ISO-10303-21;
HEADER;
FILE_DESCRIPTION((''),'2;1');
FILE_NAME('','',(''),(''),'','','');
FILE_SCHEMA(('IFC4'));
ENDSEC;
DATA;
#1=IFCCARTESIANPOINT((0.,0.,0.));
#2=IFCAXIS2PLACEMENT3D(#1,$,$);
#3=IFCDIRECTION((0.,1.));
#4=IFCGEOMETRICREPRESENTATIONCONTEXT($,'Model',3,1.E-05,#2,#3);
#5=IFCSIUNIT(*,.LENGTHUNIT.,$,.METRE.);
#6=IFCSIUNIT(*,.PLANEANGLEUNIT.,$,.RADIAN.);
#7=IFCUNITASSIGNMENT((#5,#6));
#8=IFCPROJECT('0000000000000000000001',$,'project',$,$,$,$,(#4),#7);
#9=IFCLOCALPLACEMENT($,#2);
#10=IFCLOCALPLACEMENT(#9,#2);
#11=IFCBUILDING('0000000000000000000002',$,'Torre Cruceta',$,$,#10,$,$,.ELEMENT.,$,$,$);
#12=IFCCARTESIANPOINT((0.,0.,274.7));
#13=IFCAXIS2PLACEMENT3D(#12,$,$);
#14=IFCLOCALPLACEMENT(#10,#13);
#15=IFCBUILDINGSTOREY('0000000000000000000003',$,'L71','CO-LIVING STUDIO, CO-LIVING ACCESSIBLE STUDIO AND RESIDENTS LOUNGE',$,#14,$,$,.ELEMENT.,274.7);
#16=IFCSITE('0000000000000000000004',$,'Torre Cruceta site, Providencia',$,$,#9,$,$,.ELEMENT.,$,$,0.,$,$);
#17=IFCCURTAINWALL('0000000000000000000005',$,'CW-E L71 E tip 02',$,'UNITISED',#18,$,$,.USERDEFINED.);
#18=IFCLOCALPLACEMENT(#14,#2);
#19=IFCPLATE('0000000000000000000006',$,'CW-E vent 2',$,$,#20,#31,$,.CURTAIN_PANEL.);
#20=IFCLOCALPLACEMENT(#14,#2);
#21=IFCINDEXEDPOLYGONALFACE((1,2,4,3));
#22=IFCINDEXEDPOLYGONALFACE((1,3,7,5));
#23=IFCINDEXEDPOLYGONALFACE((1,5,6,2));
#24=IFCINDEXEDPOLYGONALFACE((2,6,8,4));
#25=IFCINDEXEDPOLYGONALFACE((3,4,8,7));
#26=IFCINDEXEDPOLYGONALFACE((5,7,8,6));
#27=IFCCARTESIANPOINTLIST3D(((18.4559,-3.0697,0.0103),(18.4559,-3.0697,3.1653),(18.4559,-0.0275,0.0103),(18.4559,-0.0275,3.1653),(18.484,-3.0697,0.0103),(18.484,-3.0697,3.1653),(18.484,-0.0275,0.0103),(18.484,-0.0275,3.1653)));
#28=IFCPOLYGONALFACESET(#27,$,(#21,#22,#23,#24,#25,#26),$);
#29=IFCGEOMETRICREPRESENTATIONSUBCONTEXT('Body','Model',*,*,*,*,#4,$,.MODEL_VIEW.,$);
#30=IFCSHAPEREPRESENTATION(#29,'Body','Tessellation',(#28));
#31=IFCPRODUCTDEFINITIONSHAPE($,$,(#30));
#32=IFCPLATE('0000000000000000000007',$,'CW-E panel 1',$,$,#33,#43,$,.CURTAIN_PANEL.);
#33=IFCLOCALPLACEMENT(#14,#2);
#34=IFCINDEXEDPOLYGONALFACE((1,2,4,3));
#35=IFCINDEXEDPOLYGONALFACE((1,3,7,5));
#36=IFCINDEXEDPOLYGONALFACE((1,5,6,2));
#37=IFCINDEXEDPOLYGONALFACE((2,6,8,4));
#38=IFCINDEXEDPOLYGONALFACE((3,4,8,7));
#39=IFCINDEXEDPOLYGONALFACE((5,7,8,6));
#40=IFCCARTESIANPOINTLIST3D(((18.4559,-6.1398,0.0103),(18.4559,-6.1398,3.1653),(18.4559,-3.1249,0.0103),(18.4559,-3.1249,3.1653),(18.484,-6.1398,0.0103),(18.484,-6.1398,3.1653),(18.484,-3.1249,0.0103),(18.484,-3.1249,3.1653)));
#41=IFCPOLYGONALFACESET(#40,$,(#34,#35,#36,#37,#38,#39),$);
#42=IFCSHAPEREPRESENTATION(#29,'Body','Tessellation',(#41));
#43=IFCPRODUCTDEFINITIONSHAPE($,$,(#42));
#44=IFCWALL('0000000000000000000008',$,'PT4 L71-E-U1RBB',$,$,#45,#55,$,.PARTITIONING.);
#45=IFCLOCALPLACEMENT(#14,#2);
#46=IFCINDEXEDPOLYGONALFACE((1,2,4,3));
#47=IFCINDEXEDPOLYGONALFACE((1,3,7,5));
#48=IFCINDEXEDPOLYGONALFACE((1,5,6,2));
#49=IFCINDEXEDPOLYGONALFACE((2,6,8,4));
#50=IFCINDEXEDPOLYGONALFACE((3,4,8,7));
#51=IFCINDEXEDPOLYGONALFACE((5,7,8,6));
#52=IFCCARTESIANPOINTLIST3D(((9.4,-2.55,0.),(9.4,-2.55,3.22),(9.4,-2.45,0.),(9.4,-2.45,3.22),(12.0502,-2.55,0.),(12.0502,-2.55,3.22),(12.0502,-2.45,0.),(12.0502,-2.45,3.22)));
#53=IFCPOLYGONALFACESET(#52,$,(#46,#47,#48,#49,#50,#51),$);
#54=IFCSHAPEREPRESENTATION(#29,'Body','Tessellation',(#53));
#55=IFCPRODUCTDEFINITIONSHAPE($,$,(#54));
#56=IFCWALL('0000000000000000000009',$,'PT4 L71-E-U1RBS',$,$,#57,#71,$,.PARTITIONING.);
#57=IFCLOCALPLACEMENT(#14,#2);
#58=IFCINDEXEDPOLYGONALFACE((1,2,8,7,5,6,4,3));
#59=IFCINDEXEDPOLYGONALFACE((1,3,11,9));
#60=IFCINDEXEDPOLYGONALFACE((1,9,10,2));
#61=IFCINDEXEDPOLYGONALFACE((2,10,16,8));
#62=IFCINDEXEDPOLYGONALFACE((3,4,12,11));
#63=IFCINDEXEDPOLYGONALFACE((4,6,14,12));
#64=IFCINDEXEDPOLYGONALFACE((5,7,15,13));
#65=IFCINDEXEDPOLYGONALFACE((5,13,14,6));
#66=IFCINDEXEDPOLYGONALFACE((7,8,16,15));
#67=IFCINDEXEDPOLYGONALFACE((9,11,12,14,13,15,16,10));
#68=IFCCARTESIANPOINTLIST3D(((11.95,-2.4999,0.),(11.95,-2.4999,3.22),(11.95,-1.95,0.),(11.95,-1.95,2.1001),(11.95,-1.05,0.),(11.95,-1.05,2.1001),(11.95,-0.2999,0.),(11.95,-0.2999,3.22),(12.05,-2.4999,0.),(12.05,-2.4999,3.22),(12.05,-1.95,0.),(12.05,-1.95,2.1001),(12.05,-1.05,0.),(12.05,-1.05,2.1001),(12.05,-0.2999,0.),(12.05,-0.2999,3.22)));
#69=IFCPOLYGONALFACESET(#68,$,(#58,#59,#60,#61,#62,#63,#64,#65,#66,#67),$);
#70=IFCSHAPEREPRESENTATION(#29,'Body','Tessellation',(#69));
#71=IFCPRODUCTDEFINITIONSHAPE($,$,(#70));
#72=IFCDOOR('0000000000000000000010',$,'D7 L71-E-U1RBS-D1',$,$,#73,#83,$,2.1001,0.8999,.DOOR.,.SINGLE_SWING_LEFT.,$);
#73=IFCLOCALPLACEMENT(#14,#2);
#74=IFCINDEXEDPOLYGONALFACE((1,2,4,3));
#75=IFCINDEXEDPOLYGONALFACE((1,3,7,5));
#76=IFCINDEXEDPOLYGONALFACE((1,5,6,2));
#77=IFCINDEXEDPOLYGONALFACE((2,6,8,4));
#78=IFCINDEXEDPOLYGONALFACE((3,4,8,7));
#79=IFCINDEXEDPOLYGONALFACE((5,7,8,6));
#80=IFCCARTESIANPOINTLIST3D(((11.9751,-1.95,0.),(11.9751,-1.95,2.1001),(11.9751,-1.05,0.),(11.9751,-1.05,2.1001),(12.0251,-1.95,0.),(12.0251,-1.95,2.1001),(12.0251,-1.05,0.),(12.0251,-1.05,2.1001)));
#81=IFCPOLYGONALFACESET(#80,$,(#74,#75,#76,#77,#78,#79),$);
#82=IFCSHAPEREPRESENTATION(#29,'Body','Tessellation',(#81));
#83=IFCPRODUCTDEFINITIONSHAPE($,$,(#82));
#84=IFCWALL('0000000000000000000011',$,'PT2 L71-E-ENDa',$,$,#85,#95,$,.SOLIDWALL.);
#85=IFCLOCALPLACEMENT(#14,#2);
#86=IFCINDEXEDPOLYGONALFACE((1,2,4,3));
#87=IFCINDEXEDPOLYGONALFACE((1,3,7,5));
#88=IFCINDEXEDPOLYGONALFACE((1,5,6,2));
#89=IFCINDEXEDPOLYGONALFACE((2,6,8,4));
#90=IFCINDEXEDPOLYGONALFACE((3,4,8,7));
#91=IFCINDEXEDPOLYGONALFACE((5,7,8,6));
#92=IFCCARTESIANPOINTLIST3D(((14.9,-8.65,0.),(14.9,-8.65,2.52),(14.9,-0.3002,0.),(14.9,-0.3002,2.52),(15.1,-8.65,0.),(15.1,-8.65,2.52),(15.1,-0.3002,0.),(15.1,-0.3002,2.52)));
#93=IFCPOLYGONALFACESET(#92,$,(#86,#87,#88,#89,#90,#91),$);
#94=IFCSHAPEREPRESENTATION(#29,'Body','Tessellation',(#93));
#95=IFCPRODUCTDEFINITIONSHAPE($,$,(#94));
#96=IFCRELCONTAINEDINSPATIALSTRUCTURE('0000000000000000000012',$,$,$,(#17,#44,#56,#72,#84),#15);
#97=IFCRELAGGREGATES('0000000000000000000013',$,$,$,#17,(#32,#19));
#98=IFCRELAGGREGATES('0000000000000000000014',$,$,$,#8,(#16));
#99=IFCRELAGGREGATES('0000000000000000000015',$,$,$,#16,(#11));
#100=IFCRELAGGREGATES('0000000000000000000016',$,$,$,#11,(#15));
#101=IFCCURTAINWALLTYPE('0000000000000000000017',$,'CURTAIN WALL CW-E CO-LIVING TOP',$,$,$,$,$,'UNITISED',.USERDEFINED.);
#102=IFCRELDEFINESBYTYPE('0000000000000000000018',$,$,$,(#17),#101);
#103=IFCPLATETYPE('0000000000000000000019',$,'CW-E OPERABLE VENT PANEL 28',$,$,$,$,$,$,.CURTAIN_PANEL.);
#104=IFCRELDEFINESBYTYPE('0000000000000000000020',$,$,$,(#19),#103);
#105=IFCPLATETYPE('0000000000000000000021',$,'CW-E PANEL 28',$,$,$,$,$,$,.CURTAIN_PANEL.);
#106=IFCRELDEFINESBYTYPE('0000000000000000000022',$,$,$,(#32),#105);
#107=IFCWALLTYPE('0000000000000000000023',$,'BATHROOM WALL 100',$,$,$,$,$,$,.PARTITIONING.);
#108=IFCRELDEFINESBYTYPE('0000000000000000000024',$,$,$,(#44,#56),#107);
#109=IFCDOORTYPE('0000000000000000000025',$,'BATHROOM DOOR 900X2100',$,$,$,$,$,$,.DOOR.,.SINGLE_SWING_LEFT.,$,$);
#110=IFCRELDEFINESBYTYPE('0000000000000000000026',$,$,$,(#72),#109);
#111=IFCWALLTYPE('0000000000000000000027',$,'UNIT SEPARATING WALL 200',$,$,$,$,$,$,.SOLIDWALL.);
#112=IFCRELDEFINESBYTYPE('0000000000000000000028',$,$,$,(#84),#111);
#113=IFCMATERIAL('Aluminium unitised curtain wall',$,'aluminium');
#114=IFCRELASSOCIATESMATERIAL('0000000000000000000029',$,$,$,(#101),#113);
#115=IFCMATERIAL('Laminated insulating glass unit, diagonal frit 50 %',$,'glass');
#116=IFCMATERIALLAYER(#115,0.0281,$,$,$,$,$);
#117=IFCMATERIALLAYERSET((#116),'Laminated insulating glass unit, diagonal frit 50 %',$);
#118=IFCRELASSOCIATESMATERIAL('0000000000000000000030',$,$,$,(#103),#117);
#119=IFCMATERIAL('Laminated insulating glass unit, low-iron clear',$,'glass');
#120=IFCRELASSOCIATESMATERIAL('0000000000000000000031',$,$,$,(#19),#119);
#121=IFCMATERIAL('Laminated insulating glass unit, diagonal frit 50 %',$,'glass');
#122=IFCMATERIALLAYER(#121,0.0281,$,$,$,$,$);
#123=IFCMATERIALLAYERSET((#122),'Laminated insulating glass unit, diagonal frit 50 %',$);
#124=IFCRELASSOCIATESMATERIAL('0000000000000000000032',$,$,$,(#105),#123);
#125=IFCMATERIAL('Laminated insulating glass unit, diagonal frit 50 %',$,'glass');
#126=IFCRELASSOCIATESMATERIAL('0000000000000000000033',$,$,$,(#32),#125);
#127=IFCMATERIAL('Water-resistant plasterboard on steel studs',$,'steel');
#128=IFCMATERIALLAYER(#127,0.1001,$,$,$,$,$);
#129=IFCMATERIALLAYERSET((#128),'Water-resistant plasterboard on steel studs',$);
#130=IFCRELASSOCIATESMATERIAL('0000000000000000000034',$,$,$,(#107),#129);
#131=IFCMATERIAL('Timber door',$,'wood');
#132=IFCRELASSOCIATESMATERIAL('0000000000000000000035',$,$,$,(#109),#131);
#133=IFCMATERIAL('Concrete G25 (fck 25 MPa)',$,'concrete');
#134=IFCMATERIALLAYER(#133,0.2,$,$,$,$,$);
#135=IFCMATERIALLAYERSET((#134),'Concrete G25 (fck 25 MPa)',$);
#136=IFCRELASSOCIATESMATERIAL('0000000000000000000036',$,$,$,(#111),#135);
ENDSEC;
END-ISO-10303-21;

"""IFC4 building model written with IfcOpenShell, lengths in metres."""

from ifc_helpers import new_model, si_unit, direction, frame, frame_2d, origin, origin_2d, place, context, subcontext, project, spatial, rectangle, extrude, material, layer, layer_set, type_object, element, fill, aggregate, save


model = new_model("IFC4")

# Units and contexts
model_context = context("Model", 3, precision=1e-05, world=origin(), true_north=direction((0.0, 1.0)))
body_context = subcontext(model_context, "Body", "Model", "MODEL_VIEW")
ifc_project = project(units=[si_unit("LENGTHUNIT", "METRE"), si_unit("PLANEANGLEUNIT", "RADIAN")], contexts=[model_context])

# Site, building, storey
site_placement = place(None, origin())
site = spatial("IfcSite", under=ifc_project, at=site_placement, Name="Torre Cruceta site, Providencia", CompositionType="ELEMENT", RefElevation=0.0)
building_placement = place(site_placement, origin())
building = spatial("IfcBuilding", under=site, at=building_placement, Name="Torre Cruceta", CompositionType="ELEMENT")
storey_placement = place(building_placement, frame((0.0, 0.0, 274.7)))
storey = spatial("IfcBuildingStorey", under=building, at=storey_placement, Name="L71", Description="CO-LIVING STUDIO, CO-LIVING ACCESSIBLE STUDIO AND RESIDENTS LOUNGE", CompositionType="ELEMENT", Elevation=274.7)

# Curtain wall
ifc_material_1 = material(Name="Aluminium unitised curtain wall", Category="aluminium")
curtain_wall_type = type_object("IfcCurtainWallType", Name="CURTAIN WALL CW-E CO-LIVING TOP", ElementType="UNITISED", PredefinedType="USERDEFINED", material=ifc_material_1)
curtain_wall_placement = place(storey_placement, origin())
curtain_wall = element("IfcCurtainWall", 1, at=curtain_wall_placement, inside=storey, type_object=curtain_wall_type, Name="CW-E L71 E tip 02", ObjectType="UNITISED", PredefinedType="USERDEFINED")

# Plates
ifc_material_2 = material(Name="Laminated insulating glass unit, low-iron clear", Category="glass")
ifc_material_3 = material(Name="Laminated insulating glass unit, diagonal frit 50 %", Category="glass")
ifc_layer_1 = layer(ifc_material_3, 0.0281)
ifc_layer_set_1 = layer_set([ifc_layer_1], Name="Laminated insulating glass unit, diagonal frit 50 %")
plate_type_1 = type_object("IfcPlateType", Name="CW-E OPERABLE VENT PANEL 28", PredefinedType="CURTAIN_PANEL", material=ifc_layer_set_1)
plate_1_placement = place(storey_placement, frame((18.47, -1.5486, 0.0103), z_axis=(0.0, 0.0, 1.0), x_axis=(0.0, 1.0, 0.0)))
plate_1 = element("IfcPlate", 2, at=plate_1_placement, type_object=plate_type_1, material=ifc_material_2, Name="CW-E vent 2", PredefinedType="CURTAIN_PANEL", context=body_context, shape_type="SweptSolid", body=[
    extrude(rectangle(XDim=3.0422, YDim=0.0281, at=origin_2d()), origin(), (0.0, 0.0, 1.0), 3.155),
])
ifc_material_4 = material(Name="Laminated insulating glass unit, diagonal frit 50 %", Category="glass")
ifc_material_5 = material(Name="Laminated insulating glass unit, diagonal frit 50 %", Category="glass")
ifc_layer_2 = layer(ifc_material_5, 0.0281)
ifc_layer_set_2 = layer_set([ifc_layer_2], Name="Laminated insulating glass unit, diagonal frit 50 %")
plate_type_2 = type_object("IfcPlateType", Name="CW-E PANEL 28", PredefinedType="CURTAIN_PANEL", material=ifc_layer_set_2)
plate_2_placement = place(storey_placement, frame((18.47, -4.6323, 0.0103), z_axis=(0.0, 0.0, 1.0), x_axis=(0.0, 1.0, 0.0)))
plate_2 = element("IfcPlate", 3, at=plate_2_placement, type_object=plate_type_2, material=ifc_material_4, Name="CW-E panel 1", PredefinedType="CURTAIN_PANEL", context=body_context, shape_type="SweptSolid", body=[
    extrude(rectangle(XDim=3.0149, YDim=0.0281, at=origin_2d()), origin(), (0.0, 0.0, 1.0), 3.155),
])
aggregate(curtain_wall, [plate_2, plate_1])

# Wall
ifc_material_6 = material(Name="Water-resistant plasterboard on steel studs", Category="steel")
ifc_layer_3 = layer(ifc_material_6, 0.1001)
ifc_layer_set_3 = layer_set([ifc_layer_3], Name="Water-resistant plasterboard on steel studs")
wall_type_1 = type_object("IfcWallType", Name="BATHROOM WALL 100", PredefinedType="PARTITIONING", material=ifc_layer_set_3)
wall_1_placement = place(storey_placement, frame((9.3999, -2.5, 0.0), z_axis=(0.0, 0.0, 1.0), x_axis=(1.0, 0.0, 0.0)))
element("IfcWall", 4, at=wall_1_placement, inside=storey, type_object=wall_type_1, Name="PT4 L71-E-U1RBB", PredefinedType="PARTITIONING", context=body_context, shape_type="SweptSolid", body=[
    extrude(rectangle(XDim=2.6501, YDim=0.1001, at=frame_2d((1.3252, 0.0))), origin(), (0.0, 0.0, 1.0), 3.22),
])

# Wall, opening, door
wall_2_placement = place(storey_placement, frame((12.0, -2.5, 0.0), z_axis=(0.0, 0.0, 1.0), x_axis=(0.0, 1.0, 0.0)))
wall_2 = element("IfcWall", 5, at=wall_2_placement, inside=storey, type_object=wall_type_1, Name="PT4 L71-E-U1RBS", PredefinedType="PARTITIONING", context=body_context, shape_type="SweptSolid", body=[
    extrude(rectangle(XDim=2.2, YDim=0.1001, at=frame_2d((1.1001, 0.0))), origin(), (0.0, 0.0, 1.0), 3.22),
])
opening_placement = place(wall_2_placement, frame((0.55, 0.0, 0.0)))
opening = element("IfcOpeningElement", 6, at=opening_placement, cuts=wall_2, PredefinedType="OPENING", context=body_context, shape_type="SweptSolid", body=[
    extrude(rectangle(XDim=0.8999, YDim=2.1001, at=frame_2d((0.45, 1.05))), frame((0.0, 0.0601, 0.0), z_axis=(0.0, -1.0, 0.0), x_axis=(1.0, 0.0, 0.0)), (0.0, 0.0, 1.0), 0.1201),
])
ifc_material_7 = material(Name="Timber door", Category="wood")
door_type = type_object("IfcDoorType", Name="BATHROOM DOOR 900X2100", OperationType="SINGLE_SWING_LEFT", PredefinedType="DOOR", material=ifc_material_7)
door_placement = place(opening_placement, origin())
door = element("IfcDoor", 7, at=door_placement, inside=storey, type_object=door_type, Name="D7 L71-E-U1RBS-D1", OperationType="SINGLE_SWING_LEFT", OverallHeight=2.1001, OverallWidth=0.8999, PredefinedType="DOOR", context=body_context, shape_type="SweptSolid", body=[
    extrude(rectangle(XDim=0.8999, YDim=2.1001, at=frame_2d((0.45, 1.05))), frame((0.0, 0.0249, 0.0), z_axis=(0.0, -1.0, 0.0), x_axis=(1.0, 0.0, 0.0)), (0.0, 0.0, 1.0), 0.05),
])
fill(opening, door)

# Wall
ifc_material_8 = material(Name="Concrete G25 (fck 25 MPa)", Category="concrete")
ifc_layer_4 = layer(ifc_material_8, 0.2)
ifc_layer_set_4 = layer_set([ifc_layer_4], Name="Concrete G25 (fck 25 MPa)")
wall_type_2 = type_object("IfcWallType", Name="UNIT SEPARATING WALL 200", PredefinedType="SOLIDWALL", material=ifc_layer_set_4)
wall_3_placement = place(storey_placement, frame((15.0, -8.6499, 0.0), z_axis=(0.0, 0.0, 1.0), x_axis=(0.0, 1.0, 0.0)))
element("IfcWall", 8, at=wall_3_placement, inside=storey, type_object=wall_type_2, Name="PT2 L71-E-ENDa", PredefinedType="SOLIDWALL", context=body_context, shape_type="SweptSolid", body=[
    extrude(rectangle(XDim=8.3499, YDim=0.2, at=frame_2d((4.1748, 0.0))), origin(), (0.0, 0.0, 1.0), 2.52),
])

save(model, "model.ifc")
